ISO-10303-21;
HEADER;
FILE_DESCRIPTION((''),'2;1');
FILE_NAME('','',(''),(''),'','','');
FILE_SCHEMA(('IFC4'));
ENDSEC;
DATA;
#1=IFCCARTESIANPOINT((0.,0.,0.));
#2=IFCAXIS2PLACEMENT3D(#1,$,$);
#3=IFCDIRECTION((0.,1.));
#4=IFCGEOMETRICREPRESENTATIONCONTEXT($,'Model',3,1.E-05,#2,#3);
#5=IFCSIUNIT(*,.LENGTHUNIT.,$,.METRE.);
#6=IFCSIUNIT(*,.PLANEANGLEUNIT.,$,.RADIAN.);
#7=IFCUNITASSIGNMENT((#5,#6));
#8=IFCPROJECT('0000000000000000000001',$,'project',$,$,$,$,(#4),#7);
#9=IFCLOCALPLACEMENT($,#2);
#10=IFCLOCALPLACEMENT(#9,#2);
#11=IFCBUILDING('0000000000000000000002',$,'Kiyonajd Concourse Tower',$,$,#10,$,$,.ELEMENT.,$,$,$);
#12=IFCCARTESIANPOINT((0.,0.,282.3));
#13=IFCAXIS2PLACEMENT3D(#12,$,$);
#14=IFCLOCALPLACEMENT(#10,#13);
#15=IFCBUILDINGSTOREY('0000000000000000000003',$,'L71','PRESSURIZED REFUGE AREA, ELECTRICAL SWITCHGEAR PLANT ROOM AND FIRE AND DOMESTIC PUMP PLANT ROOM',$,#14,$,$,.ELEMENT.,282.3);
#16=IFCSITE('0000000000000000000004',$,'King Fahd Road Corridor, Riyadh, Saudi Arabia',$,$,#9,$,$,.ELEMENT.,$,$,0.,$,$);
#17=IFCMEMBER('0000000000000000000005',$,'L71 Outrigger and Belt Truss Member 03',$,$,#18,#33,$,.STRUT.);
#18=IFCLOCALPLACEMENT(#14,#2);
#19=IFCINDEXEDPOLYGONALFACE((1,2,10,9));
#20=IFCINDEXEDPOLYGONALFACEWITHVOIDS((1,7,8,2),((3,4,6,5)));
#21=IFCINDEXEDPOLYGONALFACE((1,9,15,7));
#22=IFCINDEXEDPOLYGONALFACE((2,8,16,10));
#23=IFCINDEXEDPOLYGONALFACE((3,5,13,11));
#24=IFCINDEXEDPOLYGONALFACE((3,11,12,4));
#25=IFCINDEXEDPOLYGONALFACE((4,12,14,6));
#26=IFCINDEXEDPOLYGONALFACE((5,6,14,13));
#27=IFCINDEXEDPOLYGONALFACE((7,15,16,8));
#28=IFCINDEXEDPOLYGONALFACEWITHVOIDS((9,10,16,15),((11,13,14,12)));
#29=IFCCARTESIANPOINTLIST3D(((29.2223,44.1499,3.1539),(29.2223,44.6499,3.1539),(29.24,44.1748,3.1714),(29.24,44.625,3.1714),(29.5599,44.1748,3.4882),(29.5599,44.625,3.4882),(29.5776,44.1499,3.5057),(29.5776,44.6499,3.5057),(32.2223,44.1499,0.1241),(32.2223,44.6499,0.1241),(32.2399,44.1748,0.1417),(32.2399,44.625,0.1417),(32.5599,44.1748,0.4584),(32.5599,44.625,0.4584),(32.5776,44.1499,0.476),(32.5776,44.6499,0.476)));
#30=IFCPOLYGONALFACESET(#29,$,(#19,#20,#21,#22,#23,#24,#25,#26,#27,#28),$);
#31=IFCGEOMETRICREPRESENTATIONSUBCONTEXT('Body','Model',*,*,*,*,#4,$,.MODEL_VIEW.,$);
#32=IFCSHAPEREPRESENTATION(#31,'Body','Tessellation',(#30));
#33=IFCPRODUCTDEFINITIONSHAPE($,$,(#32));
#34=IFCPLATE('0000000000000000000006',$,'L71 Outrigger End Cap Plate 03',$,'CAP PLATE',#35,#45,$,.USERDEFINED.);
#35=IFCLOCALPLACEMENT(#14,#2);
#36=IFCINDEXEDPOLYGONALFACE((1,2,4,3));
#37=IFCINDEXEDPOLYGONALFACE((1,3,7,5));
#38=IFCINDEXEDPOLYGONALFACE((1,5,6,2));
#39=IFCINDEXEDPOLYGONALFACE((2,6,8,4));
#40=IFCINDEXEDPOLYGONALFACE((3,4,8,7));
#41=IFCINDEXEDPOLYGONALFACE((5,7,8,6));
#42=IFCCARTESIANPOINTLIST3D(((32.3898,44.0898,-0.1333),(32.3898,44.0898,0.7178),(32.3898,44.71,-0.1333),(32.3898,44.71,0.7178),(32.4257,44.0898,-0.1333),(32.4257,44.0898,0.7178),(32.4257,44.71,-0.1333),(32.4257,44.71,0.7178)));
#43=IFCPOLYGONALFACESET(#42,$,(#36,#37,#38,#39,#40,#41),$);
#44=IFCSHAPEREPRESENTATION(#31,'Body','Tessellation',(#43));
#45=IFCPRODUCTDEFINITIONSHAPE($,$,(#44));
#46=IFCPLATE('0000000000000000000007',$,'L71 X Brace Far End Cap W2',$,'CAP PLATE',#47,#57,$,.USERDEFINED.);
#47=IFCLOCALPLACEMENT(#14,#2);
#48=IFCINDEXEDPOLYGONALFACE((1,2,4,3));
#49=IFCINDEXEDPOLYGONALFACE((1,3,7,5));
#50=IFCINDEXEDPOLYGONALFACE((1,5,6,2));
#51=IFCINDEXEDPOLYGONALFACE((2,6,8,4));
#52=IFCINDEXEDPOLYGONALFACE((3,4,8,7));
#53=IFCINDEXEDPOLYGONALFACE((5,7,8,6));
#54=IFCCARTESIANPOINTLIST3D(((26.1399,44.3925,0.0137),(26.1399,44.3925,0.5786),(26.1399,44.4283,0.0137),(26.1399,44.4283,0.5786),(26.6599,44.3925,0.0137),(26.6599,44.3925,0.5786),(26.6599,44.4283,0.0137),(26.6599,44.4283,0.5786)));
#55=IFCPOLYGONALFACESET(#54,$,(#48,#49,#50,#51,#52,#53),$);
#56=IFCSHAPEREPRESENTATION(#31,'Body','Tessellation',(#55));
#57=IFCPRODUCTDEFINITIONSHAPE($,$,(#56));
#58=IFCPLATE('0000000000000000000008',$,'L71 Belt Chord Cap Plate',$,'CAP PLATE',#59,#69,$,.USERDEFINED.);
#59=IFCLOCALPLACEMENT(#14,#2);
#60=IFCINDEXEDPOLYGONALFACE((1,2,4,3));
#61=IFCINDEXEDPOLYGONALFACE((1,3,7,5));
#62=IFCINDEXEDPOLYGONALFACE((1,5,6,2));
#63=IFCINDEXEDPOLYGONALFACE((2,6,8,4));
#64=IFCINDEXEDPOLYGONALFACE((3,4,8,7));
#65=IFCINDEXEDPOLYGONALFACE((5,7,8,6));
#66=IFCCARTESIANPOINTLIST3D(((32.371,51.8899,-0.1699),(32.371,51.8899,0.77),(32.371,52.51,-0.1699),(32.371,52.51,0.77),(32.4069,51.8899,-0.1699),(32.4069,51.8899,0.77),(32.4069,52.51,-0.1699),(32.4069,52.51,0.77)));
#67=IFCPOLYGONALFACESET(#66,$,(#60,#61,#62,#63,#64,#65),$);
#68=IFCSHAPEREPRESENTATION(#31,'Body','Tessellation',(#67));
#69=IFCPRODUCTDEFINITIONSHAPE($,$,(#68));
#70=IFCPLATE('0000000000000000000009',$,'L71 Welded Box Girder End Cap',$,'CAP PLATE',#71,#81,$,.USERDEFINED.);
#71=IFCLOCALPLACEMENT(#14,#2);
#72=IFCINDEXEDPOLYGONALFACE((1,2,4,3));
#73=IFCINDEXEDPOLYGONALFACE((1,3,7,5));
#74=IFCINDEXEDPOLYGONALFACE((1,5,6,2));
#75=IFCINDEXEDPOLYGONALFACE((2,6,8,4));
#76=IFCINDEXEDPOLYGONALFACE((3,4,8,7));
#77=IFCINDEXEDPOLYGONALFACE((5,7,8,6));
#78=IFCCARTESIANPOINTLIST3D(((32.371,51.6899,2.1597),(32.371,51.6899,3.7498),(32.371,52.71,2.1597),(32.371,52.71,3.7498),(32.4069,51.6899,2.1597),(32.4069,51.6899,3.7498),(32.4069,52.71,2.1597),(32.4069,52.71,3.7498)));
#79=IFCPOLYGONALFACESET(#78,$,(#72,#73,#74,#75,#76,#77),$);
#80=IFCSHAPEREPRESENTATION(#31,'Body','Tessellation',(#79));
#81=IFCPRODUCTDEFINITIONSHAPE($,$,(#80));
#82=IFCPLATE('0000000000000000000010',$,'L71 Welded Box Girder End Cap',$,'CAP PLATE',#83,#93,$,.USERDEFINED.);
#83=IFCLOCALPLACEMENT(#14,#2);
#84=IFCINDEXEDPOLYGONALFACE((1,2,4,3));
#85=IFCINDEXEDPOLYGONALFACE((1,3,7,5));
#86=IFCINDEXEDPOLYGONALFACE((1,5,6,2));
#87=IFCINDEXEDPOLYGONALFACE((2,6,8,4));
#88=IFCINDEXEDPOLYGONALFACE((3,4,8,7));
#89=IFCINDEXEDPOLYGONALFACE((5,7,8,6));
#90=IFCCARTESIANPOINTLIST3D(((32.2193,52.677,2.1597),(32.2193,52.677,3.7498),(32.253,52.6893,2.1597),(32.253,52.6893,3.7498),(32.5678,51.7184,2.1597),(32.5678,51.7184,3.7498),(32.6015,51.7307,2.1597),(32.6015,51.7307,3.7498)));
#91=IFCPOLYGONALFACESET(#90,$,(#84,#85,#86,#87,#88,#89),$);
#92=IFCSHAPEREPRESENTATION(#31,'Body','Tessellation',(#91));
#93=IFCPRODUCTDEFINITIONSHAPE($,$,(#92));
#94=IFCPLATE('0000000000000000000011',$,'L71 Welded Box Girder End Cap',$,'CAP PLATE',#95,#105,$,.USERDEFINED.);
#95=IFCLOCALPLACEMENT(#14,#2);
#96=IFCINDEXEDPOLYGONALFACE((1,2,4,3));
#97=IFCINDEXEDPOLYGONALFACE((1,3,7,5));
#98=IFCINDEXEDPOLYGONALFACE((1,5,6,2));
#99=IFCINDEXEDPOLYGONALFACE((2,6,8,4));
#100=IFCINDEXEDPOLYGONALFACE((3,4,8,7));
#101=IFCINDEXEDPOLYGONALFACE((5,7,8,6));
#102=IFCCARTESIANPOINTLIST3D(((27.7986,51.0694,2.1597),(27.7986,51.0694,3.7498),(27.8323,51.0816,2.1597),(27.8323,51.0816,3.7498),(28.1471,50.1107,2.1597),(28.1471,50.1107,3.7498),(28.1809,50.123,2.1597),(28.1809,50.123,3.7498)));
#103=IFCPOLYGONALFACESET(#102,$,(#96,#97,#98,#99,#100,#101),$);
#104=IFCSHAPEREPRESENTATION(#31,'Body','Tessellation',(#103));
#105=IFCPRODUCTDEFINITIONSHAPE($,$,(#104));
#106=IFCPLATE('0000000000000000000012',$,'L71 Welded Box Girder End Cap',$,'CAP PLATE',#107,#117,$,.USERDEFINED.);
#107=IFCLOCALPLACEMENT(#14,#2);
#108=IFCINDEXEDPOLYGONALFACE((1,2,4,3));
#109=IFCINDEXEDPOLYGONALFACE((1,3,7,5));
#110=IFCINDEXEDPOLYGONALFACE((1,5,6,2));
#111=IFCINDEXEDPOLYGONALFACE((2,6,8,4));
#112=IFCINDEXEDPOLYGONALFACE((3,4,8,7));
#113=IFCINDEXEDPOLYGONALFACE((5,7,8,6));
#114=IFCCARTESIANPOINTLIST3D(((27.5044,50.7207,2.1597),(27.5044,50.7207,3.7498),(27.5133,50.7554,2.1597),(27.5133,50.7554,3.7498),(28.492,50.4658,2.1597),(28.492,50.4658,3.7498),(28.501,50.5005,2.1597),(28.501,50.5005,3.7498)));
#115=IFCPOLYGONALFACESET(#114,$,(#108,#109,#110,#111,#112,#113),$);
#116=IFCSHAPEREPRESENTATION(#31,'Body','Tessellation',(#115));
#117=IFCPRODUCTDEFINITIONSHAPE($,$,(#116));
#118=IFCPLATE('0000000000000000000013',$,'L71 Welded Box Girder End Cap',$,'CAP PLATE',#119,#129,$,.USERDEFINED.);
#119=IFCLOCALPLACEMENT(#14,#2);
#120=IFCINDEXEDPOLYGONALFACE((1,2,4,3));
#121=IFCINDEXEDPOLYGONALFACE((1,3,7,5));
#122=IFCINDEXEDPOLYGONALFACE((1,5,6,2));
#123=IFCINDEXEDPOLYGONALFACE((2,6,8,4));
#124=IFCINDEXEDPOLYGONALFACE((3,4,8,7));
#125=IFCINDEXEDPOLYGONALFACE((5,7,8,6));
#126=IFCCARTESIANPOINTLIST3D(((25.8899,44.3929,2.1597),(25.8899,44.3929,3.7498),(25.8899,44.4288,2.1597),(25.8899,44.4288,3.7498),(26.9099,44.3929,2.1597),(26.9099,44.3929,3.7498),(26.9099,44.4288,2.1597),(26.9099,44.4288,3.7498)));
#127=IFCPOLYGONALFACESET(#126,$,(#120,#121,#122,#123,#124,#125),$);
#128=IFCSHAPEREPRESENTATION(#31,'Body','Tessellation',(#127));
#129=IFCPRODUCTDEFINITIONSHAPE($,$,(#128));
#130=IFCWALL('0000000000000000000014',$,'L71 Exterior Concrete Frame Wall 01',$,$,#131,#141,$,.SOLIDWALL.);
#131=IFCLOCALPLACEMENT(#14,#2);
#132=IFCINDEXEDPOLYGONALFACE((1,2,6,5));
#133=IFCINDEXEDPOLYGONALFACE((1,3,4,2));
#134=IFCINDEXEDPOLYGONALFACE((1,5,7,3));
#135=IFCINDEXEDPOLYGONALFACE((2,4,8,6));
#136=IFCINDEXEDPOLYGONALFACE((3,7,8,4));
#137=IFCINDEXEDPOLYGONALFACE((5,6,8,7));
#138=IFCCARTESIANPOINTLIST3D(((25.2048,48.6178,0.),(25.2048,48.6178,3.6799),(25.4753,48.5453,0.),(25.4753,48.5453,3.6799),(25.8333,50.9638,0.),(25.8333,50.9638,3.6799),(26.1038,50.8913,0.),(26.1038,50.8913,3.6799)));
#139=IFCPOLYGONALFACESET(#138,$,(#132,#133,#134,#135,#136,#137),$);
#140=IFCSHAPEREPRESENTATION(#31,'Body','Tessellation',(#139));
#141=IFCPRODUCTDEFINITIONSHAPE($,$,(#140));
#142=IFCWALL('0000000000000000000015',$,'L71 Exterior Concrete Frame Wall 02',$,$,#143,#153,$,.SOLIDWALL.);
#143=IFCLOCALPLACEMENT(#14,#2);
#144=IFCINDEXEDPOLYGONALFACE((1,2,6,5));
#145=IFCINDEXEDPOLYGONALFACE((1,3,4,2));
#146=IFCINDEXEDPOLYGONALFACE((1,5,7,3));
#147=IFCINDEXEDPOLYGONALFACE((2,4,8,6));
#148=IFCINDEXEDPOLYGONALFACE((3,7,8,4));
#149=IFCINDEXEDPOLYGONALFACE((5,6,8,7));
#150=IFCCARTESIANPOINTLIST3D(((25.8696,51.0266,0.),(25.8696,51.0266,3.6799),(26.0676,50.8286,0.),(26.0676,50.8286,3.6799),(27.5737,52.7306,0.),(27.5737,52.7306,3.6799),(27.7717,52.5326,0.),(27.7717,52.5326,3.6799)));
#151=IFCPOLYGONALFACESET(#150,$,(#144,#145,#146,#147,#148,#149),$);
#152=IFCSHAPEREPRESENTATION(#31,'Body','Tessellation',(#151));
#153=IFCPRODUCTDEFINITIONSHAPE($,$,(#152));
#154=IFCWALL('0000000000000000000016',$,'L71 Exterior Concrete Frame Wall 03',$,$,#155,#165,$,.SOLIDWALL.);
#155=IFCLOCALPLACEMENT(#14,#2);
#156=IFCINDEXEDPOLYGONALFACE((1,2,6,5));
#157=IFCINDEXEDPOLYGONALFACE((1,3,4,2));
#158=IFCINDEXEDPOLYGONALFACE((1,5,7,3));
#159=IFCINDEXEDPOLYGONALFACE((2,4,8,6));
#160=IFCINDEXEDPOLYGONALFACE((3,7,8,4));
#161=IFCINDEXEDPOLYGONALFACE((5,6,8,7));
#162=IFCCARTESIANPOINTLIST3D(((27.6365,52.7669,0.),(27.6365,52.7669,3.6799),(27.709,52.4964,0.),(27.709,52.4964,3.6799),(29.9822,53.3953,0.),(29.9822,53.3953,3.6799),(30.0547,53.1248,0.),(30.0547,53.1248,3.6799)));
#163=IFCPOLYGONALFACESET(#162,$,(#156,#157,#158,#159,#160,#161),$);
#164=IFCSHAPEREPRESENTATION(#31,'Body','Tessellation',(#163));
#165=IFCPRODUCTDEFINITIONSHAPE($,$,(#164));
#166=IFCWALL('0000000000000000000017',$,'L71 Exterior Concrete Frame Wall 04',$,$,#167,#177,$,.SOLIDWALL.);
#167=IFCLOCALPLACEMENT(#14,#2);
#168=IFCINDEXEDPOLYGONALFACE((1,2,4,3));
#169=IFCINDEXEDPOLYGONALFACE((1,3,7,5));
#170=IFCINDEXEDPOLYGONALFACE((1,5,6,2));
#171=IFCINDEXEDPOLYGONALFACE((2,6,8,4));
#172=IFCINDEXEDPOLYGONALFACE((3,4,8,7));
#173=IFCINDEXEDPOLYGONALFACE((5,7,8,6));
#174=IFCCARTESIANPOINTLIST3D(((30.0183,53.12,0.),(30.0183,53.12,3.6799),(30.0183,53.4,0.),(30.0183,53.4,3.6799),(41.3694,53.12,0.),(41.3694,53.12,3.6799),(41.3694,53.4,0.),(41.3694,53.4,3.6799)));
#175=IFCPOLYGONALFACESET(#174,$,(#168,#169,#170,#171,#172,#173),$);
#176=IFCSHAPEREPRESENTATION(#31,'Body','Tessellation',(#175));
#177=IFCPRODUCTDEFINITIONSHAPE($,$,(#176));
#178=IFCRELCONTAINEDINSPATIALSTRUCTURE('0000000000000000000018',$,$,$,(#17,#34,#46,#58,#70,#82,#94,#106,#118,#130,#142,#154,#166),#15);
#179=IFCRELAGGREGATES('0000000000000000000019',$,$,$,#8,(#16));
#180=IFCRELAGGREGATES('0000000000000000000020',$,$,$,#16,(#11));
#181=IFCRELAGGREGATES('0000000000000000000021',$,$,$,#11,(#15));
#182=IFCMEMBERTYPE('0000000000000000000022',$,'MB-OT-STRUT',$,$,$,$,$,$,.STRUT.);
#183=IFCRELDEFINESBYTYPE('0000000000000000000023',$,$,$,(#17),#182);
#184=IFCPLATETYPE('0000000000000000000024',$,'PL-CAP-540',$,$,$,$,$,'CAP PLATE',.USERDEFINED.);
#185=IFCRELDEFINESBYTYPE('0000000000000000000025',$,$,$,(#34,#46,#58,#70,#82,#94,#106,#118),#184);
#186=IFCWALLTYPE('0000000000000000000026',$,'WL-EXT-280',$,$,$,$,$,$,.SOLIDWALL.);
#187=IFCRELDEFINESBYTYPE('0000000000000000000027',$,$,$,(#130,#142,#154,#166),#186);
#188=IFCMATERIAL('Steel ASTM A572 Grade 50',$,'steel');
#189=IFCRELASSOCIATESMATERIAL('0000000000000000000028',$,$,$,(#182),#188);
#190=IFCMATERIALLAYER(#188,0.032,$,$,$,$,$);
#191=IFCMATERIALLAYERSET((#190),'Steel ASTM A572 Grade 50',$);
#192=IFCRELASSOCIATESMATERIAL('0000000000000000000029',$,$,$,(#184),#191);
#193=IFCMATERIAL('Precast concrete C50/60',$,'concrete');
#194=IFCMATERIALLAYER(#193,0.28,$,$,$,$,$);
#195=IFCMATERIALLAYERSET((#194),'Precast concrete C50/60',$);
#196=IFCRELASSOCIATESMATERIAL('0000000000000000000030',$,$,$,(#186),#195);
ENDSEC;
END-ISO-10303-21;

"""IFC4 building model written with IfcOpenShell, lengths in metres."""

from ifc_helpers import new_model, si_unit, direction, frame, frame_2d, origin, origin_2d, place, context, subcontext, project, spatial, rectangle, hollow_rectangle, extrude, material, layer, layer_set, material_profile, profile_set, type_object, element, save


model = new_model("IFC4")

# Units and contexts
model_context = context("Model", 3, precision=1e-05, world=origin(), true_north=direction((0.0, 1.0)))
body_context = subcontext(model_context, "Body", "Model", "MODEL_VIEW")
ifc_project = project(units=[si_unit("LENGTHUNIT", "METRE"), si_unit("PLANEANGLEUNIT", "RADIAN")], contexts=[model_context])

# Site, building, storey
site_placement = place(None, origin())
site = spatial("IfcSite", under=ifc_project, at=site_placement, Name="King Fahd Road Corridor, Riyadh, Saudi Arabia", CompositionType="ELEMENT", RefElevation=0.0)
building_placement = place(site_placement, origin())
building = spatial("IfcBuilding", under=site, at=building_placement, Name="Kiyonajd Concourse Tower", CompositionType="ELEMENT")
storey_placement = place(building_placement, frame((0.0, 0.0, 282.3)))
storey = spatial("IfcBuildingStorey", under=building, at=storey_placement, Name="L71", Description="PRESSURIZED REFUGE AREA, ELECTRICAL SWITCHGEAR PLANT ROOM AND FIRE AND DOMESTIC PUMP PLANT ROOM", CompositionType="ELEMENT", Elevation=282.3)

# Shared definitions
ifc_material_1 = material(Name="Steel ASTM A572 Grade 50", Category="steel")

# Member
ifc_material_profile_1 = material_profile(ifc_material_1, hollow_rectangle(XDim=0.5, YDim=0.5, WallThickness=0.0249, at=origin_2d()), Name="HSS-500x500x25")
ifc_profile_set_1 = profile_set([ifc_material_profile_1], Name="Steel ASTM A572 Grade 50")
member_type_1 = type_object("IfcMemberType", Name="MB-OT-STRUT", PredefinedType="STRUT", material=ifc_profile_set_1)
member_1_placement = place(storey_placement, frame((32.3999, 44.3999, 0.3), z_axis=(-0.703605, 0.0, 0.710591), x_axis=(0.0, -1.0, 0.0)))
element("IfcMember", 1, at=member_1_placement, inside=storey, type_object=member_type_1, Name="L71 Outrigger and Belt Truss Member 03", PredefinedType="STRUT", context=body_context, shape_type="SweptSolid", body=[
    extrude(hollow_rectangle(XDim=0.5, YDim=0.5, WallThickness=0.0249, at=origin_2d()), origin(), (0.0, 0.0, 1.0), 4.2637),
])

# Plates
ifc_layer_1 = layer(ifc_material_1, 0.032)
ifc_layer_set_1 = layer_set([ifc_layer_1], Name="Steel ASTM A572 Grade 50")
plate_type = type_object("IfcPlateType", Name="PL-CAP-540", ElementType="CAP PLATE", PredefinedType="USERDEFINED", material=ifc_layer_set_1)
plate_1_placement = place(storey_placement, frame((32.4077, 44.3999, -0.1333), z_axis=(0.0, 0.0, 1.0), x_axis=(1.0, 0.0, 0.0)))
element("IfcPlate", 2, at=plate_1_placement, inside=storey, type_object=plate_type, Name="L71 Outrigger End Cap Plate 03", ObjectType="CAP PLATE", PredefinedType="USERDEFINED", context=body_context, shape_type="SweptSolid", body=[
    extrude(rectangle(XDim=0.0359, YDim=0.6201, at=origin_2d()), origin(), (0.0, 0.0, 1.0), 0.8511),
])
plate_2_placement = place(storey_placement, frame((26.3999, 44.4104, 0.0137), z_axis=(0.0, 0.0, 1.0), x_axis=(0.0, 1.0, 0.0)))
element("IfcPlate", 3, at=plate_2_placement, inside=storey, type_object=plate_type, Name="L71 X Brace Far End Cap W2", ObjectType="CAP PLATE", PredefinedType="USERDEFINED", context=body_context, shape_type="SweptSolid", body=[
    extrude(rectangle(XDim=0.0359, YDim=0.52, at=origin_2d()), origin(), (0.0, 0.0, 1.0), 0.5649),
])
plate_3_placement = place(storey_placement, frame((32.3889, 52.2, -0.1699), z_axis=(0.0, 0.0, 1.0), x_axis=(-1.0, 0.0, 0.0)))
element("IfcPlate", 4, at=plate_3_placement, inside=storey, type_object=plate_type, Name="L71 Belt Chord Cap Plate", ObjectType="CAP PLATE", PredefinedType="USERDEFINED", context=body_context, shape_type="SweptSolid", body=[
    extrude(rectangle(XDim=0.0359, YDim=0.6201, at=origin_2d()), origin(), (0.0, 0.0, 1.0), 0.9399),
])
for number, where, z_axis, x_axis, name in (
    (5, (32.3889, 52.2, 2.1597), (0.0, 0.0, 1.0), (-1.0, 0.0, 0.0), "L71 Welded Box Girder End Cap"),
    (6, (32.4104, 52.2039, 2.1597), (0.0, 0.0, 1.0), (0.939812, 0.341692, 0.0), "L71 Welded Box Girder End Cap"),
    (7, (27.9897, 50.5962, 2.1597), (0.0, 0.0, 1.0), (-0.939812, -0.341692, 0.0), "L71 Welded Box Girder End Cap"),
    (8, (28.0027, 50.6106, 2.1597), (0.0, 0.0, 1.0), (0.249873, 0.968279, 0.0), "L71 Welded Box Girder End Cap"),
    (9, (26.3999, 44.4109, 2.1597), (0.0, 0.0, 1.0), (0.0, 1.0, 0.0), "L71 Welded Box Girder End Cap"),
):
    element("IfcPlate", number, at=place(storey_placement, frame(where, z_axis=z_axis, x_axis=x_axis)), inside=storey, type_object=plate_type, Name=name, ObjectType="CAP PLATE", PredefinedType="USERDEFINED", context=body_context, shape_type="SweptSolid", body=[
        extrude(rectangle(XDim=0.0359, YDim=1.02, at=origin_2d()), origin(), (0.0, 0.0, 1.0), 1.5901),
    ])

# Walls
ifc_material_2 = material(Name="Precast concrete C50/60", Category="concrete")
ifc_layer_2 = layer(ifc_material_2, 0.28)
ifc_layer_set_2 = layer_set([ifc_layer_2], Name="Precast concrete C50/60")
wall_type_1 = type_object("IfcWallType", Name="WL-EXT-280", PredefinedType="SOLIDWALL", material=ifc_layer_set_2)
wall_1_placement = place(storey_placement, frame((25.3401, 48.5815, 0.0), z_axis=(0.0, 0.0, 1.0), x_axis=(0.258751, 0.965944, 0.0)))
element("IfcWall", 10, at=wall_1_placement, inside=storey, type_object=wall_type_1, Name="L71 Exterior Concrete Frame Wall 01", PredefinedType="SOLIDWALL", context=body_context, shape_type="SweptSolid", body=[
    extrude(rectangle(XDim=2.4287, YDim=0.28, at=frame_2d((1.2144, 0.0))), origin(), (0.0, 0.0, 1.0), 3.6799),
])
wall_2_placement = place(storey_placement, frame((25.9685, 50.9275, 0.0), z_axis=(0.0, 0.0, 1.0), x_axis=(0.707107, 0.707107, 0.0)))
element("IfcWall", 11, at=wall_2_placement, inside=storey, type_object=wall_type_1, Name="L71 Exterior Concrete Frame Wall 02", PredefinedType="SOLIDWALL", context=body_context, shape_type="SweptSolid", body=[
    extrude(rectangle(XDim=2.4099, YDim=0.28, at=frame_2d((1.2051, 0.0))), origin(), (0.0, 0.0, 1.0), 3.6799),
])
wall_3_placement = place(storey_placement, frame((27.6726, 52.6316, 0.0), z_axis=(0.0, 0.0, 1.0), x_axis=(0.965937, 0.258776, 0.0)))
element("IfcWall", 12, at=wall_3_placement, inside=storey, type_object=wall_type_1, Name="L71 Exterior Concrete Frame Wall 03", PredefinedType="SOLIDWALL", context=body_context, shape_type="SweptSolid", body=[
    extrude(rectangle(XDim=2.4285, YDim=0.28, at=frame_2d((1.2144, 0.0))), origin(), (0.0, 0.0, 1.0), 3.6799),
])
wall_4_placement = place(storey_placement, frame((30.0183, 53.26, 0.0), z_axis=(0.0, 0.0, 1.0), x_axis=(1.0, 0.0, 0.0)))
element("IfcWall", 13, at=wall_4_placement, inside=storey, type_object=wall_type_1, Name="L71 Exterior Concrete Frame Wall 04", PredefinedType="SOLIDWALL", context=body_context, shape_type="SweptSolid", body=[
    extrude(rectangle(XDim=11.3511, YDim=0.28, at=frame_2d((5.6755, 0.0))), origin(), (0.0, 0.0, 1.0), 3.6799),
])

save(model, "model.ifc")
